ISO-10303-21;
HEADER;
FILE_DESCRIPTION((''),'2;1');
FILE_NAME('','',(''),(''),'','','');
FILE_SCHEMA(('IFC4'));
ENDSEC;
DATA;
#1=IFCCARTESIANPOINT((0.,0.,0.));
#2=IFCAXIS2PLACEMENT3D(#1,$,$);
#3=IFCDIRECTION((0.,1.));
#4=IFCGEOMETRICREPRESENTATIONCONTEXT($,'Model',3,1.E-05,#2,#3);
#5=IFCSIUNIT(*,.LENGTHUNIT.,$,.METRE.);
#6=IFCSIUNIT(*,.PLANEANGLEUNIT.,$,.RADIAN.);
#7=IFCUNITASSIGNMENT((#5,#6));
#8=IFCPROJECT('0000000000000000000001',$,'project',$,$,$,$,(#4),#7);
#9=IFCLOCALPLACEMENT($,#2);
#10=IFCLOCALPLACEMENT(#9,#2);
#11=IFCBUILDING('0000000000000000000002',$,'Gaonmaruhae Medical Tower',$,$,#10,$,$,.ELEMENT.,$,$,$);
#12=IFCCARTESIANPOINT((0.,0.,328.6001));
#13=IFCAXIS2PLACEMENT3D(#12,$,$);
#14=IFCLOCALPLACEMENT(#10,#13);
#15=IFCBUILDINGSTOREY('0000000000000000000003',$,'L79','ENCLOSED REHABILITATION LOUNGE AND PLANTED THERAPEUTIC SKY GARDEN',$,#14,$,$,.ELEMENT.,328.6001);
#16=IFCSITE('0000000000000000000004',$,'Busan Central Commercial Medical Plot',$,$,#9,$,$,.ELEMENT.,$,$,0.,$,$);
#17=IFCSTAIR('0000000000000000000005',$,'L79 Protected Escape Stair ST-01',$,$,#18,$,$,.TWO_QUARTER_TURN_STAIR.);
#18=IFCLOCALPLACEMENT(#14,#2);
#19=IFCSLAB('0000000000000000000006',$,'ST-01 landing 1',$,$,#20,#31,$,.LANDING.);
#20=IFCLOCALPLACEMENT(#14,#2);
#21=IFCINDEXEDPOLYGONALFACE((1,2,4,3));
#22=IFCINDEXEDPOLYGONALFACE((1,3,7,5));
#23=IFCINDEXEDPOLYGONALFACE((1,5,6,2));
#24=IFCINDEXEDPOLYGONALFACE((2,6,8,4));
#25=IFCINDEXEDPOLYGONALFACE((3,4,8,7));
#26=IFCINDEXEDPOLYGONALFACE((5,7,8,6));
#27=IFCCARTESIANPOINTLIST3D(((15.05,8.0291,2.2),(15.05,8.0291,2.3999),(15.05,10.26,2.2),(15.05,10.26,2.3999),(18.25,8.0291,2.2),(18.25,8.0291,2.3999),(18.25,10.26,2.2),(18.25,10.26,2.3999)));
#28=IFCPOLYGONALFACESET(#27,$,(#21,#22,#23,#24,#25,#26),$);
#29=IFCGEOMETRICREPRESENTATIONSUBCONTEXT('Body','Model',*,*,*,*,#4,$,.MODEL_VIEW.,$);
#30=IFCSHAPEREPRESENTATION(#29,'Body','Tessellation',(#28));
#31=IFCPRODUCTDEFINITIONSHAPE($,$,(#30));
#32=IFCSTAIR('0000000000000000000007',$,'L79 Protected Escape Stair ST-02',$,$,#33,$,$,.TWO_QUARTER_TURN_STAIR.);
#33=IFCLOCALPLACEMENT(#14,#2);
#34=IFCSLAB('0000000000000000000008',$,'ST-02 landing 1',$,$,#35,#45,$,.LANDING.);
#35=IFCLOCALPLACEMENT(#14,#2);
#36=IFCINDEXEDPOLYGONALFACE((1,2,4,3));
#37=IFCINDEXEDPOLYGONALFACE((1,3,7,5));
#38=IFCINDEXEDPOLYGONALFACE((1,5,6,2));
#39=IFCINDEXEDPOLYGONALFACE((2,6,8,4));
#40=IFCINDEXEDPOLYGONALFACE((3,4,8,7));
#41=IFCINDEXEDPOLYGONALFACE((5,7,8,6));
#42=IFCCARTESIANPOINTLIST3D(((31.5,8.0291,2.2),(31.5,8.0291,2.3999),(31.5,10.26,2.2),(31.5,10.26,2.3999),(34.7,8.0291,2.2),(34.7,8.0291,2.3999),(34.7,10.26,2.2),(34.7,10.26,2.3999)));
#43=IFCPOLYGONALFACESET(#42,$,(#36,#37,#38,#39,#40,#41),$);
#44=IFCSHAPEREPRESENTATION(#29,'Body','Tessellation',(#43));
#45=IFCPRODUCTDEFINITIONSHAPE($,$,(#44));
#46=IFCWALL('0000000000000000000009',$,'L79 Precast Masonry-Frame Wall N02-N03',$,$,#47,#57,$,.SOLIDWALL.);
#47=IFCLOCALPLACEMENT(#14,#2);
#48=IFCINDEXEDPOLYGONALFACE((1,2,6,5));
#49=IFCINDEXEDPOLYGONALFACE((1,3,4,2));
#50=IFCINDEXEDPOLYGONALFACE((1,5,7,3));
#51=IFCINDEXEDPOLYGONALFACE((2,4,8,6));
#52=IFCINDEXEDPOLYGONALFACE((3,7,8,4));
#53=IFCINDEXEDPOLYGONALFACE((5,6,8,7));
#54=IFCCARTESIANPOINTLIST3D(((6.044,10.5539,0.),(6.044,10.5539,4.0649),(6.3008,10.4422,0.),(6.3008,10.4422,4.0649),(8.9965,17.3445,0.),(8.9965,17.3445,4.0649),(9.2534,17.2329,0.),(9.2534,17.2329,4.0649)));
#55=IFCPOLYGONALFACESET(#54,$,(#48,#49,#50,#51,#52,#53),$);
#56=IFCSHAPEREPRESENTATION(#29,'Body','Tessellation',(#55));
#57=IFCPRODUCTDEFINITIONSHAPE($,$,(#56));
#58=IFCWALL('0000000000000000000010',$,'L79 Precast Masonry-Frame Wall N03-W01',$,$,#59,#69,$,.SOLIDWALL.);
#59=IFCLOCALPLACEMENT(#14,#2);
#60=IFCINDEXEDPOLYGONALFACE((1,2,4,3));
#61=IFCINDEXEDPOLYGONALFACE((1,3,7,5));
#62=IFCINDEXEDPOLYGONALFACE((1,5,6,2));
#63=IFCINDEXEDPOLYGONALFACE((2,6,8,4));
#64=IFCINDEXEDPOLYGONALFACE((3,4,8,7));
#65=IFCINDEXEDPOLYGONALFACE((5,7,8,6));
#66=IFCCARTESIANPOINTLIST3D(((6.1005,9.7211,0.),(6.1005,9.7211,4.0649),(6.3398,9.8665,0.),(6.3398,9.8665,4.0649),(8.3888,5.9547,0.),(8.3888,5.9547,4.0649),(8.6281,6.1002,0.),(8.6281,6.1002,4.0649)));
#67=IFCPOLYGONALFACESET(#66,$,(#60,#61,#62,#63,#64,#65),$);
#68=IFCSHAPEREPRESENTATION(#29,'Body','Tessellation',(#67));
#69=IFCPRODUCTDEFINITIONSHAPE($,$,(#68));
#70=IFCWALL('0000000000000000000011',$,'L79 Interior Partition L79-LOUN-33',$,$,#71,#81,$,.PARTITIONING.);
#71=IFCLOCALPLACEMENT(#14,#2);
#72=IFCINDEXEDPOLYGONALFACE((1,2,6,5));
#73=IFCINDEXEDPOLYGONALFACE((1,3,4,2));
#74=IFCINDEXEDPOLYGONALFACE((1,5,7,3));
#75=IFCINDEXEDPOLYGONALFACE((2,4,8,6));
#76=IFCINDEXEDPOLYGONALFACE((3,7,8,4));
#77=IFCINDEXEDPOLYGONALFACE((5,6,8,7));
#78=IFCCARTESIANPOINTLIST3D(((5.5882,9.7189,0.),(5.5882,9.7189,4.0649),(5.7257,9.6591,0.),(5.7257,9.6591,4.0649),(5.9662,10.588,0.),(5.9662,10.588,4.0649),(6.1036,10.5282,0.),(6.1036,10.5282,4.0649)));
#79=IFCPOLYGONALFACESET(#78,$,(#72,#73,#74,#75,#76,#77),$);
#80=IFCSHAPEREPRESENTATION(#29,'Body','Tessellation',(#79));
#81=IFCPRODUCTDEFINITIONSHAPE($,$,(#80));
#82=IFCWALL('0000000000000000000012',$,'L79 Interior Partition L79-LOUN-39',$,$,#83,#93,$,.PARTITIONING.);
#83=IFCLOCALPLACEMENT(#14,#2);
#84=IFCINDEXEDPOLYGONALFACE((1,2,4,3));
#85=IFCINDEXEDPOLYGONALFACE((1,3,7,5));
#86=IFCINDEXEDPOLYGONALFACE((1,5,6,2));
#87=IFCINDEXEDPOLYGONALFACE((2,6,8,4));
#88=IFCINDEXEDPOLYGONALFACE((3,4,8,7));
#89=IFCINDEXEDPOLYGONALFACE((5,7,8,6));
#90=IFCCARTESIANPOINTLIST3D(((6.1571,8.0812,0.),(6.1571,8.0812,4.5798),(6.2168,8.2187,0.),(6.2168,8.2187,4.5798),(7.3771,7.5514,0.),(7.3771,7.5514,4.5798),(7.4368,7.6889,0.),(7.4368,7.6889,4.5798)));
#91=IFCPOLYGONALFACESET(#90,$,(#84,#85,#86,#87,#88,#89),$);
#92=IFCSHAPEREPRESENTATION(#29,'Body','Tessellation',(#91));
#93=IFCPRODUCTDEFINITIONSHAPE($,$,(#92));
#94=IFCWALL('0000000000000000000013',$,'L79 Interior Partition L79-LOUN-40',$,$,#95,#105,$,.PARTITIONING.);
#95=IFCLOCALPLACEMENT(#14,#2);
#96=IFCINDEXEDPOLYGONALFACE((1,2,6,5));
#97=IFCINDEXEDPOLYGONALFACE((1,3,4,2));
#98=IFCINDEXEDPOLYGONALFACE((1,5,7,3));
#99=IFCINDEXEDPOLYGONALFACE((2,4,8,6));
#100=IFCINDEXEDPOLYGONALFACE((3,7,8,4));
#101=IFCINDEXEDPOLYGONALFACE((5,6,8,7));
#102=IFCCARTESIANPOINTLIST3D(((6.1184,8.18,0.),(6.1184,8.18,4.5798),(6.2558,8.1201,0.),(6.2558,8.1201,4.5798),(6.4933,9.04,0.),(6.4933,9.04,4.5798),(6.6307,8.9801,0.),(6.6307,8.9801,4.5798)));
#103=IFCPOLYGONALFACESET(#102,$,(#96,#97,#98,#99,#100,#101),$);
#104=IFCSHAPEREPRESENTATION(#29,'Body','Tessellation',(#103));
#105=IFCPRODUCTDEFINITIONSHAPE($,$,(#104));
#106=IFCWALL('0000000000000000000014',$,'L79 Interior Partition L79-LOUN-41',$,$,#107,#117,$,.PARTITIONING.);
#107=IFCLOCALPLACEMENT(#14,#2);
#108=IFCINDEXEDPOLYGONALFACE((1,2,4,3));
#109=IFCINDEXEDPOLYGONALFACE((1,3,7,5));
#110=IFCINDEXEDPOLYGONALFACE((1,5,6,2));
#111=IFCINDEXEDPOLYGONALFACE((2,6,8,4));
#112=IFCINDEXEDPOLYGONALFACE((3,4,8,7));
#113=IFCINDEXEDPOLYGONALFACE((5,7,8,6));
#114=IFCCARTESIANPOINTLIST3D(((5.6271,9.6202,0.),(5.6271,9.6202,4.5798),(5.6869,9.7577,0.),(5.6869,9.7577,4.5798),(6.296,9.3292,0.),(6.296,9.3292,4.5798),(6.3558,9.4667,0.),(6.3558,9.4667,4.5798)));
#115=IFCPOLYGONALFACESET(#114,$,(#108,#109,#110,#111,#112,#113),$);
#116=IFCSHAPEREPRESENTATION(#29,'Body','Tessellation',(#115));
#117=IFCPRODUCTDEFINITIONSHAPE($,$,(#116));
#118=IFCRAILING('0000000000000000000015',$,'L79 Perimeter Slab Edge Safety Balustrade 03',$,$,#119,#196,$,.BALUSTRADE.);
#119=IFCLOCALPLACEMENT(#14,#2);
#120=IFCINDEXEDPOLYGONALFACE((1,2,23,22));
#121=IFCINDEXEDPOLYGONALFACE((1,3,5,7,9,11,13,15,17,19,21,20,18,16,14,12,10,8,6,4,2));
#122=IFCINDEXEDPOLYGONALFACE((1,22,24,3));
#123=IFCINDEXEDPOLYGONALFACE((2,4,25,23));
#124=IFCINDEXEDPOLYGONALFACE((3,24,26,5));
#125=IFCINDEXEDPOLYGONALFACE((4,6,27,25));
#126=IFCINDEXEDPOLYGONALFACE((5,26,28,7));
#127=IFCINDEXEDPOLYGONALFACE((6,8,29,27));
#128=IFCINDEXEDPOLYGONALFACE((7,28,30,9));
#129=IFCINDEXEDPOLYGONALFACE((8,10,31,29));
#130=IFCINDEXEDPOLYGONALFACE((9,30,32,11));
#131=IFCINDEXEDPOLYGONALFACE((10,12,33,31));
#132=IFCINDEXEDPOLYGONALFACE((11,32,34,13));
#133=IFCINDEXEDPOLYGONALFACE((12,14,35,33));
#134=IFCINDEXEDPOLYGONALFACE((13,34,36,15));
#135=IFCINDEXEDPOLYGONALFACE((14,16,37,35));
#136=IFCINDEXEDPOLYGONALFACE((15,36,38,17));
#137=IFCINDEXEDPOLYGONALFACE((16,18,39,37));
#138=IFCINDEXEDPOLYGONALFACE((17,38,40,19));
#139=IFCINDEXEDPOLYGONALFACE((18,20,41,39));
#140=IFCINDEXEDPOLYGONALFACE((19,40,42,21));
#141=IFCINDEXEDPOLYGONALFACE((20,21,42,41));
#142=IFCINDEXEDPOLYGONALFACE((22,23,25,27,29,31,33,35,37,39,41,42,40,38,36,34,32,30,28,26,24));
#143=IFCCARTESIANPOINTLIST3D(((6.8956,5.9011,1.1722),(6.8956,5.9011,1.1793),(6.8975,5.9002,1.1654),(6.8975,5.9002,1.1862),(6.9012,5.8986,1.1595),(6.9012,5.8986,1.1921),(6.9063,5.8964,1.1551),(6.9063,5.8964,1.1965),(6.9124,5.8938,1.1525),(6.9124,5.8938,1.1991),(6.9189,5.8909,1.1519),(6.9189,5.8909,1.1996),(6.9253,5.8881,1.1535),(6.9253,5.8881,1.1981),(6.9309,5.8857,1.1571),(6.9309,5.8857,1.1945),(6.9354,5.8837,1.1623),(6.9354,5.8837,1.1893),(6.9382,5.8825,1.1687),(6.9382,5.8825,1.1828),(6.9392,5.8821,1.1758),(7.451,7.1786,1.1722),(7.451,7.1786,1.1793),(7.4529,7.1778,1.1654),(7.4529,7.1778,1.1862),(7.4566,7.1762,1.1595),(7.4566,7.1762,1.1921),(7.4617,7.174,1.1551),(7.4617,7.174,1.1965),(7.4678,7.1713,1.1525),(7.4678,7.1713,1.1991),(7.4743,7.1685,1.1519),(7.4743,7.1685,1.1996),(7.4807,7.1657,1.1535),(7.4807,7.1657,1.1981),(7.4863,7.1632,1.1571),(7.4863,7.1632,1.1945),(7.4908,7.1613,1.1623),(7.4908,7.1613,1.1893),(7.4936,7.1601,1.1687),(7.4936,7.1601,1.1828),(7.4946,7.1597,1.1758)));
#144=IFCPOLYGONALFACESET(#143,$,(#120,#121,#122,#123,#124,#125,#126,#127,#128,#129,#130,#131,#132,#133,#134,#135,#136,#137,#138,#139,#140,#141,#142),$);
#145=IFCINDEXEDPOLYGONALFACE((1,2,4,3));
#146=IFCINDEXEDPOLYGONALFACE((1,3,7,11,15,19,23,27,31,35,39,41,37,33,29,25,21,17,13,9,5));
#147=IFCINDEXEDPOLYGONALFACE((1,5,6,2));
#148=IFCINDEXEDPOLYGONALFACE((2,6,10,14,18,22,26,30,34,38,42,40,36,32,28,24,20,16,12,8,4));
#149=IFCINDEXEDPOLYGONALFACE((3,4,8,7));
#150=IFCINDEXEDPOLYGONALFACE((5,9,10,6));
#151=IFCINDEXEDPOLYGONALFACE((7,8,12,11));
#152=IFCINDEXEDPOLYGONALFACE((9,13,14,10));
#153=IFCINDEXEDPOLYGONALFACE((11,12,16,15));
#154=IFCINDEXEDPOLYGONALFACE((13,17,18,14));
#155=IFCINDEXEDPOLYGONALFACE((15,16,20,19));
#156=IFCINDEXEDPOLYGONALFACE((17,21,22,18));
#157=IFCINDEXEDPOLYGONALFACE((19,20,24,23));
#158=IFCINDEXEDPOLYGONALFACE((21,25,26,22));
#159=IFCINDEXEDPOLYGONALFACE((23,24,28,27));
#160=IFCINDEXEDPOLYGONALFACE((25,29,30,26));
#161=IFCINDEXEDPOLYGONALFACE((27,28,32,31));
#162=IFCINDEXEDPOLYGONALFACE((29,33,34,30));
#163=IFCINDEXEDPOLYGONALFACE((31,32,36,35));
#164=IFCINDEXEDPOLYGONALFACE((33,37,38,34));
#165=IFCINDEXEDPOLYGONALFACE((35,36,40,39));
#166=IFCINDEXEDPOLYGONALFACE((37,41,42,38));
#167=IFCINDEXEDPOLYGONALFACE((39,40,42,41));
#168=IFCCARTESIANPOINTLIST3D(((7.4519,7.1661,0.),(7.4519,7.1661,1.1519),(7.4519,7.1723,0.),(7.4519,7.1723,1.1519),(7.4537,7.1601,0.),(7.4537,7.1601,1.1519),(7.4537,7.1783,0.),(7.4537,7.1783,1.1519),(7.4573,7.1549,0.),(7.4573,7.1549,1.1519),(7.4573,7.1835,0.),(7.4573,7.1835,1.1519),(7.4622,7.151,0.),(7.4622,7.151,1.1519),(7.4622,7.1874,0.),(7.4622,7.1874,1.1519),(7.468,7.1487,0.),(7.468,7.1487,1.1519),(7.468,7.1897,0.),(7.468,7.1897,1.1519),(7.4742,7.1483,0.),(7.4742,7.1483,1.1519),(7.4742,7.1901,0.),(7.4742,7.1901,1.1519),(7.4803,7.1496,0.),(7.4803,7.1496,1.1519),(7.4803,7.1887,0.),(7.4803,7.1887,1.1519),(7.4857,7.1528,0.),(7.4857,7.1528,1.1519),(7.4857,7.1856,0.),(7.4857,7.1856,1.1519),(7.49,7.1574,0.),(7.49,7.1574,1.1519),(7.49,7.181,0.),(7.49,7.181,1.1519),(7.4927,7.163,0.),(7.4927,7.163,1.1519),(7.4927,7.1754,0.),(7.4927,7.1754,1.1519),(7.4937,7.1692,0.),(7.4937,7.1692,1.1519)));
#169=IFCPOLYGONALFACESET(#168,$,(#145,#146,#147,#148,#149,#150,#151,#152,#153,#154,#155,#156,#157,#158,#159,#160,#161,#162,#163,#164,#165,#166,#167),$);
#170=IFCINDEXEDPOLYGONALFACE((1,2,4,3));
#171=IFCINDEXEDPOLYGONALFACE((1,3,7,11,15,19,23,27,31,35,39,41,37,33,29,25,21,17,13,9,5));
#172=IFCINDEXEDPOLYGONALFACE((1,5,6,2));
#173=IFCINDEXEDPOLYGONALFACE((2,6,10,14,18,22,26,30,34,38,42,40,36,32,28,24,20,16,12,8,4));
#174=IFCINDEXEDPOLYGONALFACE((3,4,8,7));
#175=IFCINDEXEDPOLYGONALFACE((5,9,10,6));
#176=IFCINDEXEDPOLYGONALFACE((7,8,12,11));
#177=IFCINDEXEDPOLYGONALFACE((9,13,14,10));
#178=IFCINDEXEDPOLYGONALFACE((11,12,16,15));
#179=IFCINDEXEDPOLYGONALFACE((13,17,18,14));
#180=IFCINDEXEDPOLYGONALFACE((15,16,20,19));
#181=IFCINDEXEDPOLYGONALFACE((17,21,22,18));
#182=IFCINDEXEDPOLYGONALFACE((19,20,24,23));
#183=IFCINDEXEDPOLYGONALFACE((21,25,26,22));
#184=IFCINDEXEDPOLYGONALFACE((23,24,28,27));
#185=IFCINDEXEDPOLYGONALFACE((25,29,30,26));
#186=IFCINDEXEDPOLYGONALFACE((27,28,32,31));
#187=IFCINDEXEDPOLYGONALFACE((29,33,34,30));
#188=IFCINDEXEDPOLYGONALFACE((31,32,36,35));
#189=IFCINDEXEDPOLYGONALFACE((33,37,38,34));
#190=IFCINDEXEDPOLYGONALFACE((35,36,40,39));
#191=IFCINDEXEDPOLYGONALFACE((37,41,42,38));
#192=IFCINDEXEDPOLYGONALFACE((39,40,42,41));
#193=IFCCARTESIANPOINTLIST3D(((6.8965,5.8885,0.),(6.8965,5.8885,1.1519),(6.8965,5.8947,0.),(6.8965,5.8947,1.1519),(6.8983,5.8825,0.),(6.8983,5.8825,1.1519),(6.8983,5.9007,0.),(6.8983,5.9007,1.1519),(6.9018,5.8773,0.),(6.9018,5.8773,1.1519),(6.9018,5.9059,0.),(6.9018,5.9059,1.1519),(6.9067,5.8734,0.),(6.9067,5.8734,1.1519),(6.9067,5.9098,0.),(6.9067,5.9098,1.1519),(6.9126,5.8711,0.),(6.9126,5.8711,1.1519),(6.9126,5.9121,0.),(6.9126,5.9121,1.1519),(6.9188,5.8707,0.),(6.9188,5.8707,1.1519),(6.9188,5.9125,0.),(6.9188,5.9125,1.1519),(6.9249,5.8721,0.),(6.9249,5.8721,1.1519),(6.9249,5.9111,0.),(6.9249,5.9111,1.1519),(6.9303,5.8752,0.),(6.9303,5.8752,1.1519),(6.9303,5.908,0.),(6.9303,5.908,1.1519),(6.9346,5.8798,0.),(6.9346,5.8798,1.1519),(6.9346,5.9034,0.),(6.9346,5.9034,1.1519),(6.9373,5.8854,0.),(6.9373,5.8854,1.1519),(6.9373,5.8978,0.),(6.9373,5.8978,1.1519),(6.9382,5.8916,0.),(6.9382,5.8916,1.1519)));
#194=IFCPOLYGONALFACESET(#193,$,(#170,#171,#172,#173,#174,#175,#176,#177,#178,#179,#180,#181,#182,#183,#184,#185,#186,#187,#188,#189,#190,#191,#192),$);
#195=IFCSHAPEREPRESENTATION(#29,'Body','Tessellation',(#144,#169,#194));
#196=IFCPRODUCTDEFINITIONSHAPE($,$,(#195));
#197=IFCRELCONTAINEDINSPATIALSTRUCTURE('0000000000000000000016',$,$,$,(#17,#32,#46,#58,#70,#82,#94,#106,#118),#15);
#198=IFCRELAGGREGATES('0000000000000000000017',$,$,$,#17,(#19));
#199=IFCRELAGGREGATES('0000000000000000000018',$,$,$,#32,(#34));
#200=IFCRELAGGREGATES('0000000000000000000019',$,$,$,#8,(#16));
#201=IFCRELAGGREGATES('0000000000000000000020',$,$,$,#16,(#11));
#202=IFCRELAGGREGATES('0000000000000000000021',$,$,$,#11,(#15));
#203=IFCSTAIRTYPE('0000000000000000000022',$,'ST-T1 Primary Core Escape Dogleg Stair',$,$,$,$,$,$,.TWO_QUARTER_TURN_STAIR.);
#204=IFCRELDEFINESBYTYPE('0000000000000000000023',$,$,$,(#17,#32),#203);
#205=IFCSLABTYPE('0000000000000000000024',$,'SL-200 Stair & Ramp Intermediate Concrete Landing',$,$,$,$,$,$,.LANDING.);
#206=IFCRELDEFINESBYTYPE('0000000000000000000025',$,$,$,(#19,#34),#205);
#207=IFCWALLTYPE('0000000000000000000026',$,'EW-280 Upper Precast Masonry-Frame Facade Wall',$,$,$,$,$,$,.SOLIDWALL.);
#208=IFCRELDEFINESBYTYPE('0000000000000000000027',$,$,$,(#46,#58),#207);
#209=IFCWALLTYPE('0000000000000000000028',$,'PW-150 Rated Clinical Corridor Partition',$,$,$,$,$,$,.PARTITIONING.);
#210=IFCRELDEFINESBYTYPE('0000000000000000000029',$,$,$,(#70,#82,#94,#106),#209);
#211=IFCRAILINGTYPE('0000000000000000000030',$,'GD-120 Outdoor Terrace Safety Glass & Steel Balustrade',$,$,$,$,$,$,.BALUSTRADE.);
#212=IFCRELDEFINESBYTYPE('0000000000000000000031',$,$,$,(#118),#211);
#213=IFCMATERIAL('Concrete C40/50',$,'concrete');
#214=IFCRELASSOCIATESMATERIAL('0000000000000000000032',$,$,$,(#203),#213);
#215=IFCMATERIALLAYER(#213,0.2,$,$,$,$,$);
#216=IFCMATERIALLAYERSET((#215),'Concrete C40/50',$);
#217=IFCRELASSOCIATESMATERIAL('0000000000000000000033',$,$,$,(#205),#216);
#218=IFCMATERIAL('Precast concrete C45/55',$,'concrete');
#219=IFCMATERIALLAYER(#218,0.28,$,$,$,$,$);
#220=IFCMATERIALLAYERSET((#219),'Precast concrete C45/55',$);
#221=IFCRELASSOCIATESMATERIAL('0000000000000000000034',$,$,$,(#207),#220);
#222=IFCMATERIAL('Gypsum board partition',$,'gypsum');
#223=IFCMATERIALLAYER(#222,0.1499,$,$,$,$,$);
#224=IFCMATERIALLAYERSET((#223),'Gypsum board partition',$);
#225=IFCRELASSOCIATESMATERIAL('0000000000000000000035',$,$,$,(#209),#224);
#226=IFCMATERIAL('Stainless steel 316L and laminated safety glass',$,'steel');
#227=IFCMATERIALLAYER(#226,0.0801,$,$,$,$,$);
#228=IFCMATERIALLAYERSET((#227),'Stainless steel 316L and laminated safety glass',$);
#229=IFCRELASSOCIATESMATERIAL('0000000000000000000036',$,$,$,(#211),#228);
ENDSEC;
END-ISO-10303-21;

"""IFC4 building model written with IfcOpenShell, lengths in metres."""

from ifc_helpers import new_model, si_unit, direction, frame, frame_2d, origin, origin_2d, place, context, subcontext, project, spatial, polyline, rectangle, circle, outline, extrude, material, layer, layer_set, type_object, element, aggregate, save


model = new_model("IFC4")

# Units and contexts
model_context = context("Model", 3, precision=1e-05, world=origin(), true_north=direction((0.0, 1.0)))
body_context = subcontext(model_context, "Body", "Model", "MODEL_VIEW")
ifc_project = project(units=[si_unit("LENGTHUNIT", "METRE"), si_unit("PLANEANGLEUNIT", "RADIAN")], contexts=[model_context])

# Site, building, storey
site_placement = place(None, origin())
site = spatial("IfcSite", under=ifc_project, at=site_placement, Name="Busan Central Commercial Medical Plot", CompositionType="ELEMENT", RefElevation=0.0)
building_placement = place(site_placement, origin())
building = spatial("IfcBuilding", under=site, at=building_placement, Name="Gaonmaruhae Medical Tower", CompositionType="ELEMENT")
storey_placement = place(building_placement, frame((0.0, 0.0, 328.6001)))
storey = spatial("IfcBuildingStorey", under=building, at=storey_placement, Name="L79", Description="ENCLOSED REHABILITATION LOUNGE AND PLANTED THERAPEUTIC SKY GARDEN", CompositionType="ELEMENT", Elevation=328.6001)

# Shared definitions
ifc_material_1 = material(Name="Concrete C40/50", Category="concrete")

# Stairs, slabs
stair_type = type_object("IfcStairType", Name="ST-T1 Primary Core Escape Dogleg Stair", PredefinedType="TWO_QUARTER_TURN_STAIR", material=ifc_material_1)
stair_1_placement = place(storey_placement, origin())
stair_1 = element("IfcStair", 1, at=stair_1_placement, inside=storey, type_object=stair_type, Name="L79 Protected Escape Stair ST-01", PredefinedType="TWO_QUARTER_TURN_STAIR")
ifc_layer_1 = layer(ifc_material_1, 0.2)
ifc_layer_set_1 = layer_set([ifc_layer_1], Name="Concrete C40/50")
slab_type_1 = type_object("IfcSlabType", Name="SL-200 Stair & Ramp Intermediate Concrete Landing", PredefinedType="LANDING", material=ifc_layer_set_1)
slab_1_placement = place(storey_placement, frame((0.0, 0.0, 2.2)))
slab_1 = element("IfcSlab", 2, at=slab_1_placement, type_object=slab_type_1, Name="ST-01 landing 1", PredefinedType="LANDING", context=body_context, shape_type="SweptSolid", body=[
    extrude(outline(polyline([(15.05, 10.26), (15.05, 8.0291), (18.25, 8.0291), (18.25, 10.26), (15.05, 10.26)])), origin(), (0.0, 0.0, 1.0), 0.2),
])
aggregate(stair_1, [slab_1])
stair_2_placement = place(storey_placement, origin())
stair_2 = element("IfcStair", 3, at=stair_2_placement, inside=storey, type_object=stair_type, Name="L79 Protected Escape Stair ST-02", PredefinedType="TWO_QUARTER_TURN_STAIR")
slab_2_placement = place(storey_placement, frame((0.0, 0.0, 2.2)))
slab_2 = element("IfcSlab", 4, at=slab_2_placement, type_object=slab_type_1, Name="ST-02 landing 1", PredefinedType="LANDING", context=body_context, shape_type="SweptSolid", body=[
    extrude(outline(polyline([(31.5, 10.26), (31.5, 8.0291), (34.7, 8.0291), (34.7, 10.26), (31.5, 10.26)])), origin(), (0.0, 0.0, 1.0), 0.2),
])
aggregate(stair_2, [slab_2])

# Walls
ifc_material_2 = material(Name="Precast concrete C45/55", Category="concrete")
ifc_layer_2 = layer(ifc_material_2, 0.28)
ifc_layer_set_2 = layer_set([ifc_layer_2], Name="Precast concrete C45/55")
wall_type_1 = type_object("IfcWallType", Name="EW-280 Upper Precast Masonry-Frame Facade Wall", PredefinedType="SOLIDWALL", material=ifc_layer_set_2)
wall_1_placement = place(storey_placement, frame((6.1724, 10.498, 0.0), z_axis=(0.0, 0.0, 1.0), x_axis=(0.398741, 0.917064, 0.0)))
element("IfcWall", 5, at=wall_1_placement, inside=storey, type_object=wall_type_1, Name="L79 Precast Masonry-Frame Wall N02-N03", PredefinedType="SOLIDWALL", context=body_context, shape_type="SweptSolid", body=[
    extrude(rectangle(XDim=7.4048, YDim=0.28, at=frame_2d((3.7024, 0.0))), origin(), (0.0, 0.0, 1.0), 4.0649),
])
wall_2_placement = place(storey_placement, frame((8.5085, 6.0273, 0.0), z_axis=(0.0, 0.0, 1.0), x_axis=(-0.519246, 0.854625, 0.0)))
element("IfcWall", 6, at=wall_2_placement, inside=storey, type_object=wall_type_1, Name="L79 Precast Masonry-Frame Wall N03-W01", PredefinedType="SOLIDWALL", context=body_context, shape_type="SweptSolid", body=[
    extrude(rectangle(XDim=4.407, YDim=0.28, at=frame_2d((2.2036, 0.0))), origin(), (0.0, 0.0, 1.0), 4.0649),
])
ifc_material_3 = material(Name="Gypsum board partition", Category="gypsum")
ifc_layer_3 = layer(ifc_material_3, 0.1499)
ifc_layer_set_3 = layer_set([ifc_layer_3], Name="Gypsum board partition")
wall_type_2 = type_object("IfcWallType", Name="PW-150 Rated Clinical Corridor Partition", PredefinedType="PARTITIONING", material=ifc_layer_set_3)
wall_3_placement = place(storey_placement, frame((5.657, 9.689, 0.0), z_axis=(0.0, 0.0, 1.0), x_axis=(0.398764, 0.917054, 0.0)))
element("IfcWall", 7, at=wall_3_placement, inside=storey, type_object=wall_type_2, Name="L79 Interior Partition L79-LOUN-33", PredefinedType="PARTITIONING", context=body_context, shape_type="SweptSolid", body=[
    extrude(rectangle(XDim=0.9478, YDim=0.1499, at=frame_2d((0.4739, 0.0))), origin(), (0.0, 0.0, 1.0), 4.0649),
])
wall_4_placement = place(storey_placement, frame((7.407, 7.6201, 0.0), z_axis=(0.0, 0.0, 1.0), x_axis=(-0.917245, 0.398323, 0.0)))
element("IfcWall", 8, at=wall_4_placement, inside=storey, type_object=wall_type_2, Name="L79 Interior Partition L79-LOUN-39", PredefinedType="PARTITIONING", context=body_context, shape_type="SweptSolid", body=[
    extrude(rectangle(XDim=1.3301, YDim=0.1499, at=frame_2d((0.665, 0.0))), origin(), (0.0, 0.0, 1.0), 4.5798),
])
wall_5_placement = place(storey_placement, frame((6.187, 8.1499, 0.0), z_axis=(0.0, 0.0, 1.0), x_axis=(0.399658, 0.916664, 0.0)))
element("IfcWall", 9, at=wall_5_placement, inside=storey, type_object=wall_type_2, Name="L79 Interior Partition L79-LOUN-40", PredefinedType="PARTITIONING", context=body_context, shape_type="SweptSolid", body=[
    extrude(rectangle(XDim=0.9382, YDim=0.1499, at=frame_2d((0.4692, 0.0))), origin(), (0.0, 0.0, 1.0), 4.5798),
])
wall_6_placement = place(storey_placement, frame((6.3259, 9.3979, 0.0), z_axis=(0.0, 0.0, 1.0), x_axis=(-0.916985, 0.398922, 0.0)))
element("IfcWall", 10, at=wall_6_placement, inside=storey, type_object=wall_type_2, Name="L79 Interior Partition L79-LOUN-41", PredefinedType="PARTITIONING", context=body_context, shape_type="SweptSolid", body=[
    extrude(rectangle(XDim=0.7295, YDim=0.1499, at=frame_2d((0.3647, 0.0))), origin(), (0.0, 0.0, 1.0), 4.5798),
])

# Railing
ifc_material_4 = material(Name="Stainless steel 316L and laminated safety glass", Category="steel")
ifc_layer_4 = layer(ifc_material_4, 0.0801)
ifc_layer_set_4 = layer_set([ifc_layer_4], Name="Stainless steel 316L and laminated safety glass")
railing_type = type_object("IfcRailingType", Name="GD-120 Outdoor Terrace Safety Glass & Steel Balustrade", PredefinedType="BALUSTRADE", material=ifc_layer_set_4)
railing_1_placement = place(storey_placement, frame((7.4727, 7.1692, 0.0)))
element("IfcRailing", 11, at=railing_1_placement, inside=storey, type_object=railing_type, Name="L79 Perimeter Slab Edge Safety Balustrade 03", PredefinedType="BALUSTRADE", context=body_context, shape_type="SweptSolid", body=[
    extrude(circle(Radius=0.0239, at=origin_2d()), frame((0.0, 0.0, 1.1758), z_axis=(-0.398694, -0.917084, 0.0), x_axis=(0.917084, -0.398694, 0.0)), (0.0, 0.0, 1.0), 1.3931),
    extrude(circle(Radius=0.021, at=origin_2d()), origin(), (0.0, 0.0, 1.0), 1.1519),
    extrude(circle(Radius=0.021, at=origin_2d()), frame((-0.5554, -1.2776, 0.0)), (0.0, 0.0, 1.0), 1.1519),
])

save(model, "model.ifc")
